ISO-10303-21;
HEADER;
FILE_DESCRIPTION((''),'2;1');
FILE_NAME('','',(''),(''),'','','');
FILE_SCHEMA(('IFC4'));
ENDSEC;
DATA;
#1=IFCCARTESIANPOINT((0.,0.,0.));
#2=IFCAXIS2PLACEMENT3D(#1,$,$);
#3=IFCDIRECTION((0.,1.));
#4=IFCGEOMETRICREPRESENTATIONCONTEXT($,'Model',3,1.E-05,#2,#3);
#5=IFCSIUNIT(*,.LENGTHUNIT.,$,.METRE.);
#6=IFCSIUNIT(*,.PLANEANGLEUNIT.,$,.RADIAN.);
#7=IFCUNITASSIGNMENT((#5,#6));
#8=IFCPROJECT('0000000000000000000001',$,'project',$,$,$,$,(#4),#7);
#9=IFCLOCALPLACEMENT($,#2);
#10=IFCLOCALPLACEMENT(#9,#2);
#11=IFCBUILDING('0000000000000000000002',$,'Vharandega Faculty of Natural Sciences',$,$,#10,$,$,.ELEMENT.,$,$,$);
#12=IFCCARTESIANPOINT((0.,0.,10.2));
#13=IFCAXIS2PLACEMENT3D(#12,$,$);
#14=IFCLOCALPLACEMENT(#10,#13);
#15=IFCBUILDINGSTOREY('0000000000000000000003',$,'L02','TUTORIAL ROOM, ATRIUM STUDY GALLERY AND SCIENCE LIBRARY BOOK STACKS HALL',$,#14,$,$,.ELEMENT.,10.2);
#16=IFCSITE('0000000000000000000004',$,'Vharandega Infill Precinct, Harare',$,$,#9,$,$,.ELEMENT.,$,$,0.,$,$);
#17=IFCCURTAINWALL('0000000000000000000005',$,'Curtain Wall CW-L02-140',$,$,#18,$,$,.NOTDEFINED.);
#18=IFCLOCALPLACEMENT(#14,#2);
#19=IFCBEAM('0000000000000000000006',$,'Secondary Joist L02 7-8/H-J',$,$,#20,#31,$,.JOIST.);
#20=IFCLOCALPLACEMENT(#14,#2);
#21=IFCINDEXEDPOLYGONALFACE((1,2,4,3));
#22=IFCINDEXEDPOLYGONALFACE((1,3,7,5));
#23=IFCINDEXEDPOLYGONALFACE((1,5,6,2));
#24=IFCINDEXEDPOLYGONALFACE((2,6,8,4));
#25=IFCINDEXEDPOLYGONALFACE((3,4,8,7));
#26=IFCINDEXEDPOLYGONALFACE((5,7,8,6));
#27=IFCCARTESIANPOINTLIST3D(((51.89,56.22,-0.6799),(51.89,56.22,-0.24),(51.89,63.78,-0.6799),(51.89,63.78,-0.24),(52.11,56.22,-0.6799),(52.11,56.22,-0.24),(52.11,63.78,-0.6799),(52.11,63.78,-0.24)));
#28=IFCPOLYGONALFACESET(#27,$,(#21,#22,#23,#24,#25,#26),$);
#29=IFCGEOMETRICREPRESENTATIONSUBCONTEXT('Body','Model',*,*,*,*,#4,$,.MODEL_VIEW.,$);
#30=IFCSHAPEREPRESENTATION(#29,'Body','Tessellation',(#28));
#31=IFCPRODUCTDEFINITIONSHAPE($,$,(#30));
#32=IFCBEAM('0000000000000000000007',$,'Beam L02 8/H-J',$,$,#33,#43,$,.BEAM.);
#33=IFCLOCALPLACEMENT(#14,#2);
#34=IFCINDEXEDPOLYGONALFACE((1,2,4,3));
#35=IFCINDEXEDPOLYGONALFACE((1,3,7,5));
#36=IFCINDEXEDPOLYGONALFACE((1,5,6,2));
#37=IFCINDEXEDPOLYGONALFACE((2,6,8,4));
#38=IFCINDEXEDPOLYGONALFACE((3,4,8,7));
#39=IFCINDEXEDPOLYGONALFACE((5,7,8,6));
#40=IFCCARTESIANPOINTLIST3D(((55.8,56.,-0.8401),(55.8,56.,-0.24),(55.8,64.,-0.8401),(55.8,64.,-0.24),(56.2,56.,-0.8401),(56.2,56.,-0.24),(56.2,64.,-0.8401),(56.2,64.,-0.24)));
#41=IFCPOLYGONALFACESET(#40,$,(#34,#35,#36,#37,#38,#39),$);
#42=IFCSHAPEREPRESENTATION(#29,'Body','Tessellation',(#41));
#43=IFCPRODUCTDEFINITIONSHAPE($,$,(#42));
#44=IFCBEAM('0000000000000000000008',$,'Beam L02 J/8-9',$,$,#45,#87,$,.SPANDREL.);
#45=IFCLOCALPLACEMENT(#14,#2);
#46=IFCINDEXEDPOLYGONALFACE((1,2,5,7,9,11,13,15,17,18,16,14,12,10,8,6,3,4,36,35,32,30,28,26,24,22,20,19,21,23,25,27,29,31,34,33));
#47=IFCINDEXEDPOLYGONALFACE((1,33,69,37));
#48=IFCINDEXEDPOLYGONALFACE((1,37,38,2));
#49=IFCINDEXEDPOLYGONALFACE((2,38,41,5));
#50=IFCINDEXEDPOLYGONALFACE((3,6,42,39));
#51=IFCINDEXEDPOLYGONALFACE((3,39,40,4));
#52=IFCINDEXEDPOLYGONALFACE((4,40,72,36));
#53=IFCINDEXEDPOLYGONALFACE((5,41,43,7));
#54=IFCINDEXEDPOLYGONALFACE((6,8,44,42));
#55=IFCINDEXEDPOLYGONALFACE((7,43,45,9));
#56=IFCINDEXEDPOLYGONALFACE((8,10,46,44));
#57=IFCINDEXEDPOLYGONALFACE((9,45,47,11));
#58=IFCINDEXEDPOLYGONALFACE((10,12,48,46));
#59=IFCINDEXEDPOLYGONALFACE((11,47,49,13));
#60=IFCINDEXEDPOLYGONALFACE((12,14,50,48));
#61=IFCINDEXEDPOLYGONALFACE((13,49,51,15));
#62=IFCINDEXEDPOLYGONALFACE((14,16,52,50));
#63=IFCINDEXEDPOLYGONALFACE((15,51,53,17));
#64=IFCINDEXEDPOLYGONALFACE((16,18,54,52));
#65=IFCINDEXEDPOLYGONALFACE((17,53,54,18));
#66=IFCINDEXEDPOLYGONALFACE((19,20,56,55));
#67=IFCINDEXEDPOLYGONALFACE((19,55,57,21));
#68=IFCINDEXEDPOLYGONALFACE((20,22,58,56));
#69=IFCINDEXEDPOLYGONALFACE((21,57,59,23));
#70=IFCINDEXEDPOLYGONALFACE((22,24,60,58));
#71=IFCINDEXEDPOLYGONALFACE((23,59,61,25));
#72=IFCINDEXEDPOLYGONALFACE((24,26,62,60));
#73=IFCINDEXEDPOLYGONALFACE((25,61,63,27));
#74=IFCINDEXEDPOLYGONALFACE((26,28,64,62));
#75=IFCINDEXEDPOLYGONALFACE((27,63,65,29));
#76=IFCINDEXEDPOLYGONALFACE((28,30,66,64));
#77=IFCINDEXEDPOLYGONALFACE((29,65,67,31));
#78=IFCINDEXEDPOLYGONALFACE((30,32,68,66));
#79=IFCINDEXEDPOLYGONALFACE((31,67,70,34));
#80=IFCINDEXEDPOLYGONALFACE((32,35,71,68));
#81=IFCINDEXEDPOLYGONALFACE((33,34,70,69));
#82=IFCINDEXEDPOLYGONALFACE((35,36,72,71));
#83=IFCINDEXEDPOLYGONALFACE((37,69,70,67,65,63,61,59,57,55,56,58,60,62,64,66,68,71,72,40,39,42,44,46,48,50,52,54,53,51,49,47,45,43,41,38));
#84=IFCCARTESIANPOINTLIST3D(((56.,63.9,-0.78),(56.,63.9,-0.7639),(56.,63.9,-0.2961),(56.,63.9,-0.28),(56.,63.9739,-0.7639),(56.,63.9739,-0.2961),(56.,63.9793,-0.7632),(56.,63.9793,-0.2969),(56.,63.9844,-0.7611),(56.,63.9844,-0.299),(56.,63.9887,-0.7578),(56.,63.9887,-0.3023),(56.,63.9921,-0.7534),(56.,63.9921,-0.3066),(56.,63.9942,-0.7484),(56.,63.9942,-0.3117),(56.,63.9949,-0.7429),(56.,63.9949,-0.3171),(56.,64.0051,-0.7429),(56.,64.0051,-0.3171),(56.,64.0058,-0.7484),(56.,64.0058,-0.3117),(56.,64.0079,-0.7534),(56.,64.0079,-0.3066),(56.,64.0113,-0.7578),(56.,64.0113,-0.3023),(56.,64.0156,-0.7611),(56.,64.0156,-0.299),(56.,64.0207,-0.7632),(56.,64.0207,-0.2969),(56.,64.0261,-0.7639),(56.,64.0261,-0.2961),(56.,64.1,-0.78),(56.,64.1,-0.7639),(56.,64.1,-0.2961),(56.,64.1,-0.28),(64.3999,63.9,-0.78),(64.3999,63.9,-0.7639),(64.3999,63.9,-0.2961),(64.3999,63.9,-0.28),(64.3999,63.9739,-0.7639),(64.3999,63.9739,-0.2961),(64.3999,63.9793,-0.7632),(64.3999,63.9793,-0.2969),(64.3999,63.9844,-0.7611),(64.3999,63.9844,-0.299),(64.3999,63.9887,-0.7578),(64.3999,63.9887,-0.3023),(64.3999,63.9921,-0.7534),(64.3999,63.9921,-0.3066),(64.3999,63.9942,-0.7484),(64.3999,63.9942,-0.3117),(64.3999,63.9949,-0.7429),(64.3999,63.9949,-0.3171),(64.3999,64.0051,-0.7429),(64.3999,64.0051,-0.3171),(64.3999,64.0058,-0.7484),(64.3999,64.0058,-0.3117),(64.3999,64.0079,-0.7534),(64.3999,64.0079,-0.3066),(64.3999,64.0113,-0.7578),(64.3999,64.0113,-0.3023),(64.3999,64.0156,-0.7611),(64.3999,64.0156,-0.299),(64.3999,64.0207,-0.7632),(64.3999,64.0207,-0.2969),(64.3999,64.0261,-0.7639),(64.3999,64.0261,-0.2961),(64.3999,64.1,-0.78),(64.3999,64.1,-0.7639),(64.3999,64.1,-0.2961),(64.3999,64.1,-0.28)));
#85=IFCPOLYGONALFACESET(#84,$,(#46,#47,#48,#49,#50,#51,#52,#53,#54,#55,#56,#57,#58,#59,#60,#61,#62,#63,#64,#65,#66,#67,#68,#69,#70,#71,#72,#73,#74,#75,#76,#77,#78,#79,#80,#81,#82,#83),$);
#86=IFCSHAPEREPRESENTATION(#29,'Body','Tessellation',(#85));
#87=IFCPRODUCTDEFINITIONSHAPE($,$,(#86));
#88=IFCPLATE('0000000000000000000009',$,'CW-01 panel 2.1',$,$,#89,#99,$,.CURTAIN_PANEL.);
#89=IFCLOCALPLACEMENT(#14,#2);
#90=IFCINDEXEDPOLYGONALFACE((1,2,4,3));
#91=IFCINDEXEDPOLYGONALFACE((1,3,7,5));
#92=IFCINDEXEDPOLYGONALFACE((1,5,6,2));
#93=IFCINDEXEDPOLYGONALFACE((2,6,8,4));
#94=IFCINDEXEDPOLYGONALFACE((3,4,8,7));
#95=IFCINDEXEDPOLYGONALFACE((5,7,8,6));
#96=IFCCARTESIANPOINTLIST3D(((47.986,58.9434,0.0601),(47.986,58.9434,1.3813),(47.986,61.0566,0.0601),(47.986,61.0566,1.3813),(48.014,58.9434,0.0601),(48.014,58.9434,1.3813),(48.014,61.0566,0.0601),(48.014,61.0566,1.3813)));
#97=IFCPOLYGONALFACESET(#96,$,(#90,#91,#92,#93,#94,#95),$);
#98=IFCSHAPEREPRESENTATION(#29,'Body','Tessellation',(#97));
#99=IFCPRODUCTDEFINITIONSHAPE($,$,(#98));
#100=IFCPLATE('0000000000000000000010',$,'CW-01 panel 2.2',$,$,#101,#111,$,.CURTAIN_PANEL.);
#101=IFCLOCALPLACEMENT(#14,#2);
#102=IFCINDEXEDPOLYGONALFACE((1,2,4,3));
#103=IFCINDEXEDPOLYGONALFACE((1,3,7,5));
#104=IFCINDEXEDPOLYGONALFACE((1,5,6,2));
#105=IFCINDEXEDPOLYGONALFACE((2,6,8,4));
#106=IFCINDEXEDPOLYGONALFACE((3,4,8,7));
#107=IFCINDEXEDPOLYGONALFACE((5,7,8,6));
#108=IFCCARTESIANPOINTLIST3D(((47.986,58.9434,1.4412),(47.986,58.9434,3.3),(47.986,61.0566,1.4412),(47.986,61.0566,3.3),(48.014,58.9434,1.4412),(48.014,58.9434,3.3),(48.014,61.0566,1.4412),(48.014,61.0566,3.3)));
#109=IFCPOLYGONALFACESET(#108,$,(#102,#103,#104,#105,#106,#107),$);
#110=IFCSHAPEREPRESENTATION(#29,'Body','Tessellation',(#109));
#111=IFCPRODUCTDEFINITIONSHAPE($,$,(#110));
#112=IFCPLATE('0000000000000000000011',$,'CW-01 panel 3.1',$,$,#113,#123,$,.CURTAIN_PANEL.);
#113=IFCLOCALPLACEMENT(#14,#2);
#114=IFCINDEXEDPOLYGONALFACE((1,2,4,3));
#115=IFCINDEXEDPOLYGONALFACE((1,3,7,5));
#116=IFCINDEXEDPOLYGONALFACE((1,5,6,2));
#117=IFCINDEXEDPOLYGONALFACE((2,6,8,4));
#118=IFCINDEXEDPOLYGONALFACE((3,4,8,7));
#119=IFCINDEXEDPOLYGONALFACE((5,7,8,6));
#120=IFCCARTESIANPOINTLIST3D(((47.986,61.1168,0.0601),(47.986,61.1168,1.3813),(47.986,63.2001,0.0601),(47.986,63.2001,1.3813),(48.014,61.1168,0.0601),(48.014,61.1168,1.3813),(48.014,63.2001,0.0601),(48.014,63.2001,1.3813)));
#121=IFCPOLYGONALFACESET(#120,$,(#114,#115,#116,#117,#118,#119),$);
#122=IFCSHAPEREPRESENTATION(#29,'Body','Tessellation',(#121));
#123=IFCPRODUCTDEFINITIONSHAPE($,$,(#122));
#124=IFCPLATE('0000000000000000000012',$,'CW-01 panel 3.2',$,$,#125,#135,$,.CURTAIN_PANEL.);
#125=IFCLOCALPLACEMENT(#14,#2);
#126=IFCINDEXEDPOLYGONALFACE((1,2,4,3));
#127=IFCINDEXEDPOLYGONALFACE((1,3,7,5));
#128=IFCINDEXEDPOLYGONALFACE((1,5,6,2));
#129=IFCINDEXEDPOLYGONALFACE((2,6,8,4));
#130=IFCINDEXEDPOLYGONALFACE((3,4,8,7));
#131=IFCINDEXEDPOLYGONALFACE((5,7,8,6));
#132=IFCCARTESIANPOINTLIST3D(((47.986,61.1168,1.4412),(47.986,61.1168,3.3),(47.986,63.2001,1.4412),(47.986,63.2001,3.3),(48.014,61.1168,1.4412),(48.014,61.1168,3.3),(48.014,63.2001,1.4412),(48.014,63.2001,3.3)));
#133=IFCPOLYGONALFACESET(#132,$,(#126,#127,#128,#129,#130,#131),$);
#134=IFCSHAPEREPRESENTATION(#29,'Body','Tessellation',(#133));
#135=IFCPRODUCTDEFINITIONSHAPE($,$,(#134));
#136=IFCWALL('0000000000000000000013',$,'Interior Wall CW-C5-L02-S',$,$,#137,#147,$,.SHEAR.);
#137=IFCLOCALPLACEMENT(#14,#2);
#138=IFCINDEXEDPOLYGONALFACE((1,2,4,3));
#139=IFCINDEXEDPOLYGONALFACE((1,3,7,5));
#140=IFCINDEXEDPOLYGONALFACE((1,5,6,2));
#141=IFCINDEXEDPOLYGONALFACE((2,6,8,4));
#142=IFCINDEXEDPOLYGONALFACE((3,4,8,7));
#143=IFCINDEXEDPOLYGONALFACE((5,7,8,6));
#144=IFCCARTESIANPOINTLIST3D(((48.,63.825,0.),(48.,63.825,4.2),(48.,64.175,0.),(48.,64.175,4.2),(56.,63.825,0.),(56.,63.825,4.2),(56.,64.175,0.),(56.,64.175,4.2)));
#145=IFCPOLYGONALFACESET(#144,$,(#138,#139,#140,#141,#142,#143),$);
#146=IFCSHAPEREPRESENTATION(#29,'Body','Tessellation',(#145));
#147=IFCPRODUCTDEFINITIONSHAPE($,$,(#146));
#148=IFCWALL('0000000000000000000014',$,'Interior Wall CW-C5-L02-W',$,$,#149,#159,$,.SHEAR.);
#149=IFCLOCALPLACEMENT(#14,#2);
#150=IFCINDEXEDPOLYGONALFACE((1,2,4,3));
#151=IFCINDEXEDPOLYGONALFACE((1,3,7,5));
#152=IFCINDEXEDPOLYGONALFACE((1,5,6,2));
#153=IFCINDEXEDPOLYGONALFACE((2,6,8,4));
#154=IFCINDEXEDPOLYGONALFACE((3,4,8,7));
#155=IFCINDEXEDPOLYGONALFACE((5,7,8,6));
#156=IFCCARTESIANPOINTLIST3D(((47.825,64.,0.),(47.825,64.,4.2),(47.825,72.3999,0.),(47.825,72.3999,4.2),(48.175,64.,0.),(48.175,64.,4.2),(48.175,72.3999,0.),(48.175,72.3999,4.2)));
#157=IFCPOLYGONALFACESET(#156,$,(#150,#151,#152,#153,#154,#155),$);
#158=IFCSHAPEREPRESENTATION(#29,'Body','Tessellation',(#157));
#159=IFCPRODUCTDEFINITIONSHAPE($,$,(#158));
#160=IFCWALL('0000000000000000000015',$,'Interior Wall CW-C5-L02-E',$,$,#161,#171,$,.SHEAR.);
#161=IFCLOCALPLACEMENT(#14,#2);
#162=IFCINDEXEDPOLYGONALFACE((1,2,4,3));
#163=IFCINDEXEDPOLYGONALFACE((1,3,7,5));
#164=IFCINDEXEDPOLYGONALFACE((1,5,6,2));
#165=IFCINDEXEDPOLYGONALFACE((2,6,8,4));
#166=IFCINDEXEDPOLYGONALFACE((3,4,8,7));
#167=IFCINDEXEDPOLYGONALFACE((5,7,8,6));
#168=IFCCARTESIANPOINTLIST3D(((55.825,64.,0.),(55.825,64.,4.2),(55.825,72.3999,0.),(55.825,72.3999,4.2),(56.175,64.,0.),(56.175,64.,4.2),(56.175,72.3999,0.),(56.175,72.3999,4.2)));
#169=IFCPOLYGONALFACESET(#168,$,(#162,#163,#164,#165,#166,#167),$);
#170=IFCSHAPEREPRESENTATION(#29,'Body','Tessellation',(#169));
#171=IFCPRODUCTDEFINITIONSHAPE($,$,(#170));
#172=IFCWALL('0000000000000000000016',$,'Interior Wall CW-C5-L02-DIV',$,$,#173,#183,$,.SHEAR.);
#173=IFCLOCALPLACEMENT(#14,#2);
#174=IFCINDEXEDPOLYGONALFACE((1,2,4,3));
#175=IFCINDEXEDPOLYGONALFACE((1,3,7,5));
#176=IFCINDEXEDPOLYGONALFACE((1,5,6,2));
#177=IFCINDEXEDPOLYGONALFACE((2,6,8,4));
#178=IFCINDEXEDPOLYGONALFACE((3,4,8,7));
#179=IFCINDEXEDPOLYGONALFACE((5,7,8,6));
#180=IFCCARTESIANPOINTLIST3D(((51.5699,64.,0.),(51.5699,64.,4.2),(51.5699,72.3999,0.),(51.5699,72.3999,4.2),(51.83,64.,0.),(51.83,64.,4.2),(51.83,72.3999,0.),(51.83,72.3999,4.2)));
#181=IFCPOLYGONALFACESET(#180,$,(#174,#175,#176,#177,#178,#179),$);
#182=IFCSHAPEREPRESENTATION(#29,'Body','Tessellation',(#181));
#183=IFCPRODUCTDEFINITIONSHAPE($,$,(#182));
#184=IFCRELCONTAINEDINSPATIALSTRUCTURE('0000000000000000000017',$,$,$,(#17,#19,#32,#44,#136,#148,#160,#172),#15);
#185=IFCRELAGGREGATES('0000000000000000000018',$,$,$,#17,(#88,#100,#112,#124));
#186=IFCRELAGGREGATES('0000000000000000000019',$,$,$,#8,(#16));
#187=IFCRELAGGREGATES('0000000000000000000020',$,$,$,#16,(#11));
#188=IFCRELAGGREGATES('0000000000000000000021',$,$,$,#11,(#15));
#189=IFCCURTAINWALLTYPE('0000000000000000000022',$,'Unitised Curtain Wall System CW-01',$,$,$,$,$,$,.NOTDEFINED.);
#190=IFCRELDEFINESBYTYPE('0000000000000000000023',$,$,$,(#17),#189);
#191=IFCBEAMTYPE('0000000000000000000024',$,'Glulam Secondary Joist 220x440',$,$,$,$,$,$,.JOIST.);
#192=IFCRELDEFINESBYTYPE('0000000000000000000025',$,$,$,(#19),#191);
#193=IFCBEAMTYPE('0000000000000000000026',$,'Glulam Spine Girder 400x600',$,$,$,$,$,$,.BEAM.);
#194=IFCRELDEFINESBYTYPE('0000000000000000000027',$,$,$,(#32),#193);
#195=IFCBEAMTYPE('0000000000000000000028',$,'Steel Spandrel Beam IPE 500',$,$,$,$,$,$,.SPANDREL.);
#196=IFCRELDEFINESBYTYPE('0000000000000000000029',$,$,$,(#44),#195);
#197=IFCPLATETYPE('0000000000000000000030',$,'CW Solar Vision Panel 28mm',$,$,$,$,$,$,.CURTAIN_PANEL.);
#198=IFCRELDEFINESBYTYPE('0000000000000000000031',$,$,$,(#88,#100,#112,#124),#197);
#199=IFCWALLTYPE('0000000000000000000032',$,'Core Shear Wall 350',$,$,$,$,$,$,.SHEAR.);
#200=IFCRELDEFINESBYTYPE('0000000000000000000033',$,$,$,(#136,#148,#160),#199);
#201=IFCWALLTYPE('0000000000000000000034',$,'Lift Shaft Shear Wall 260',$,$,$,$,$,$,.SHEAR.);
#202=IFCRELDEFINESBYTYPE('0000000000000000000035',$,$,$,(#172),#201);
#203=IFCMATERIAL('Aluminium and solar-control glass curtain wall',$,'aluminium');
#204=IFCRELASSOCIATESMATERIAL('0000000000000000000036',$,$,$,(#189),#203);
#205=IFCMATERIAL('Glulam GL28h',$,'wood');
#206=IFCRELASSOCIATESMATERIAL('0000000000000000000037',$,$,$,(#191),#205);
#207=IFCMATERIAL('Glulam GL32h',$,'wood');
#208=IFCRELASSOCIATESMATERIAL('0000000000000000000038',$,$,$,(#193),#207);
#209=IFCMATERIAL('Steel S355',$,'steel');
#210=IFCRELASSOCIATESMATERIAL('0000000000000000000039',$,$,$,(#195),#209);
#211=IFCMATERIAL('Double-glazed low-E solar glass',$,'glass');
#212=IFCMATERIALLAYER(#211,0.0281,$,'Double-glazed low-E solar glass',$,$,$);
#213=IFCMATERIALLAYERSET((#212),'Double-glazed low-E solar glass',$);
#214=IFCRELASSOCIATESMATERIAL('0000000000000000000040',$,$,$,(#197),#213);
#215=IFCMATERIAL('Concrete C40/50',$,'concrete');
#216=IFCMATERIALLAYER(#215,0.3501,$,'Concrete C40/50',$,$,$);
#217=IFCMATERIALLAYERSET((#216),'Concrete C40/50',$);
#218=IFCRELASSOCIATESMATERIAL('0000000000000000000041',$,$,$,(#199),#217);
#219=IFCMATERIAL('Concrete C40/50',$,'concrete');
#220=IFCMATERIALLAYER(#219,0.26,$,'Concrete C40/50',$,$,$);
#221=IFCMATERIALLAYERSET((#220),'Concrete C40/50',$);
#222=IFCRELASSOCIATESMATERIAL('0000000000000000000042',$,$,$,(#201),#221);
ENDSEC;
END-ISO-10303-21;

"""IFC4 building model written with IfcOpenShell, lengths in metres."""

from ifc_helpers import new_model, si_unit, direction, frame, frame_2d, origin, origin_2d, place, context, subcontext, project, spatial, rectangle, i_section, extrude, material, layer, layer_set, material_profile, profile_set, type_object, element, aggregate, save


model = new_model("IFC4")

# Units and contexts
model_context = context("Model", 3, precision=1e-05, world=origin(), true_north=direction((0.0, 1.0)))
body_context = subcontext(model_context, "Body", "Model", "MODEL_VIEW")
ifc_project = project(units=[si_unit("LENGTHUNIT", "METRE"), si_unit("PLANEANGLEUNIT", "RADIAN")], contexts=[model_context])

# Site, building, storey
site_placement = place(None, origin())
site = spatial("IfcSite", under=ifc_project, at=site_placement, Name="Vharandega Infill Precinct, Harare", CompositionType="ELEMENT", RefElevation=0.0)
building_placement = place(site_placement, origin())
building = spatial("IfcBuilding", under=site, at=building_placement, Name="Vharandega Faculty of Natural Sciences", CompositionType="ELEMENT")
storey_placement = place(building_placement, frame((0.0, 0.0, 10.2)))
storey = spatial("IfcBuildingStorey", under=building, at=storey_placement, Name="L02", Description="TUTORIAL ROOM, ATRIUM STUDY GALLERY AND SCIENCE LIBRARY BOOK STACKS HALL", CompositionType="ELEMENT", Elevation=10.2)

# Curtain wall
ifc_material_1 = material(Name="Aluminium and solar-control glass curtain wall", Category="aluminium")
curtain_wall_type = type_object("IfcCurtainWallType", Name="Unitised Curtain Wall System CW-01", PredefinedType="NOTDEFINED", material=ifc_material_1)
curtain_wall_placement = place(storey_placement, origin())
curtain_wall = element("IfcCurtainWall", 1, at=curtain_wall_placement, inside=storey, type_object=curtain_wall_type, Name="Curtain Wall CW-L02-140", PredefinedType="NOTDEFINED")

# Beams
ifc_material_2 = material(Name="Glulam GL28h", Category="wood")
ifc_material_profile_1 = material_profile(ifc_material_2, rectangle(XDim=0.22, YDim=0.4399, at=origin_2d()), Name="GL28h 220x440")
ifc_profile_set_1 = profile_set([ifc_material_profile_1], Name="Glulam GL28h")
beam_type_1 = type_object("IfcBeamType", Name="Glulam Secondary Joist 220x440", PredefinedType="JOIST", material=ifc_profile_set_1)
beam_1_placement = place(storey_placement, frame((52.0, 56.22, -0.46), z_axis=(0.0, 1.0, 0.0), x_axis=(-1.0, 0.0, 0.0)))
element("IfcBeam", 2, at=beam_1_placement, inside=storey, type_object=beam_type_1, Name="Secondary Joist L02 7-8/H-J", PredefinedType="JOIST", context=body_context, shape_type="SweptSolid", body=[
    extrude(rectangle(XDim=0.22, YDim=0.4399, at=origin_2d()), origin(), (0.0, 0.0, 1.0), 7.5601),
])
ifc_material_3 = material(Name="Glulam GL32h", Category="wood")
ifc_material_profile_2 = material_profile(ifc_material_3, rectangle(XDim=0.3999, YDim=0.6001, at=origin_2d()), Name="GL32h 400x600")
ifc_profile_set_2 = profile_set([ifc_material_profile_2], Name="Glulam GL32h")
beam_type_2 = type_object("IfcBeamType", Name="Glulam Spine Girder 400x600", PredefinedType="BEAM", material=ifc_profile_set_2)
beam_2_placement = place(storey_placement, frame((56.0, 56.0, -0.54), z_axis=(0.0, 1.0, 0.0), x_axis=(-1.0, 0.0, 0.0)))
element("IfcBeam", 3, at=beam_2_placement, inside=storey, type_object=beam_type_2, Name="Beam L02 8/H-J", PredefinedType="BEAM", context=body_context, shape_type="SweptSolid", body=[
    extrude(rectangle(XDim=0.3999, YDim=0.6001, at=origin_2d()), origin(), (0.0, 0.0, 1.0), 8.0),
])
ifc_material_4 = material(Name="Steel S355", Category="steel")
ifc_material_profile_3 = material_profile(ifc_material_4, i_section(OverallWidth=0.2, OverallDepth=0.5, WebThickness=0.0103, FlangeThickness=0.0161, FilletRadius=0.021, at=origin_2d()), Name="IPE 500")
ifc_profile_set_3 = profile_set([ifc_material_profile_3], Name="Steel S355")
beam_type_3 = type_object("IfcBeamType", Name="Steel Spandrel Beam IPE 500", PredefinedType="SPANDREL", material=ifc_profile_set_3)
beam_3_placement = place(storey_placement, frame((56.0, 64.0, -0.53), z_axis=(1.0, 0.0, 0.0), x_axis=(0.0, 1.0, 0.0)))
element("IfcBeam", 4, at=beam_3_placement, inside=storey, type_object=beam_type_3, Name="Beam L02 J/8-9", PredefinedType="SPANDREL", context=body_context, shape_type="SweptSolid", body=[
    extrude(i_section(OverallWidth=0.2, OverallDepth=0.5, WebThickness=0.0103, FlangeThickness=0.0161, FilletRadius=0.021, at=origin_2d()), origin(), (0.0, 0.0, 1.0), 8.3999),
])

# Plates
ifc_material_5 = material(Name="Double-glazed low-E solar glass", Category="glass")
ifc_layer_1 = layer(ifc_material_5, 0.0281, Name="Double-glazed low-E solar glass")
ifc_layer_set_1 = layer_set([ifc_layer_1], Name="Double-glazed low-E solar glass")
plate_type = type_object("IfcPlateType", Name="CW Solar Vision Panel 28mm", PredefinedType="CURTAIN_PANEL", material=ifc_layer_set_1)
plate_1_placement = place(storey_placement, frame((48.0, 60.0, 0.0601), z_axis=(0.0, 0.0, 1.0), x_axis=(0.0, 1.0, 0.0)))
plate_1 = element("IfcPlate", 5, at=plate_1_placement, type_object=plate_type, Name="CW-01 panel 2.1", PredefinedType="CURTAIN_PANEL", context=body_context, shape_type="SweptSolid", body=[
    extrude(rectangle(XDim=2.1133, YDim=0.0281, at=origin_2d()), origin(), (0.0, 0.0, 1.0), 1.3213),
])
plate_2_placement = place(storey_placement, frame((48.0, 60.0, 1.4412), z_axis=(0.0, 0.0, 1.0), x_axis=(0.0, 1.0, 0.0)))
plate_2 = element("IfcPlate", 6, at=plate_2_placement, type_object=plate_type, Name="CW-01 panel 2.2", PredefinedType="CURTAIN_PANEL", context=body_context, shape_type="SweptSolid", body=[
    extrude(rectangle(XDim=2.1133, YDim=0.0281, at=origin_2d()), origin(), (0.0, 0.0, 1.0), 1.8589),
])
plate_3_placement = place(storey_placement, frame((48.0, 62.1584, 0.0601), z_axis=(0.0, 0.0, 1.0), x_axis=(0.0, 1.0, 0.0)))
plate_3 = element("IfcPlate", 7, at=plate_3_placement, type_object=plate_type, Name="CW-01 panel 3.1", PredefinedType="CURTAIN_PANEL", context=body_context, shape_type="SweptSolid", body=[
    extrude(rectangle(XDim=2.0833, YDim=0.0281, at=origin_2d()), origin(), (0.0, 0.0, 1.0), 1.3213),
])
plate_4_placement = place(storey_placement, frame((48.0, 62.1584, 1.4412), z_axis=(0.0, 0.0, 1.0), x_axis=(0.0, 1.0, 0.0)))
plate_4 = element("IfcPlate", 8, at=plate_4_placement, type_object=plate_type, Name="CW-01 panel 3.2", PredefinedType="CURTAIN_PANEL", context=body_context, shape_type="SweptSolid", body=[
    extrude(rectangle(XDim=2.0833, YDim=0.0281, at=origin_2d()), origin(), (0.0, 0.0, 1.0), 1.8589),
])
aggregate(curtain_wall, [plate_1, plate_2, plate_3, plate_4])

# Walls
ifc_material_6 = material(Name="Concrete C40/50", Category="concrete")
ifc_layer_2 = layer(ifc_material_6, 0.3501, Name="Concrete C40/50")
ifc_layer_set_2 = layer_set([ifc_layer_2], Name="Concrete C40/50")
wall_type_1 = type_object("IfcWallType", Name="Core Shear Wall 350", PredefinedType="SHEAR", material=ifc_layer_set_2)
wall_1_placement = place(storey_placement, frame((48.0, 64.0, 0.0), z_axis=(0.0, 0.0, 1.0), x_axis=(1.0, 0.0, 0.0)))
element("IfcWall", 9, at=wall_1_placement, inside=storey, type_object=wall_type_1, Name="Interior Wall CW-C5-L02-S", PredefinedType="SHEAR", context=body_context, shape_type="SweptSolid", body=[
    extrude(rectangle(XDim=8.0, YDim=0.3501, at=frame_2d((4.0, 0.0))), origin(), (0.0, 0.0, 1.0), 4.2),
])
for number, where, z_axis, x_axis, name in (
    (10, (48.0, 64.0, 0.0), (0.0, 0.0, 1.0), (0.0, 1.0, 0.0), "Interior Wall CW-C5-L02-W"),
    (11, (56.0, 64.0, 0.0), (0.0, 0.0, 1.0), (0.0, 1.0, 0.0), "Interior Wall CW-C5-L02-E"),
):
    element("IfcWall", number, at=place(storey_placement, frame(where, z_axis=z_axis, x_axis=x_axis)), inside=storey, type_object=wall_type_1, Name=name, PredefinedType="SHEAR", context=body_context, shape_type="SweptSolid", body=[
        extrude(rectangle(XDim=8.3999, YDim=0.3501, at=frame_2d((4.2, 0.0))), origin(), (0.0, 0.0, 1.0), 4.2),
    ])
ifc_material_7 = material(Name="Concrete C40/50", Category="concrete")
ifc_layer_3 = layer(ifc_material_7, 0.26, Name="Concrete C40/50")
ifc_layer_set_3 = layer_set([ifc_layer_3], Name="Concrete C40/50")
wall_type_2 = type_object("IfcWallType", Name="Lift Shaft Shear Wall 260", PredefinedType="SHEAR", material=ifc_layer_set_3)
wall_2_placement = place(storey_placement, frame((51.7, 64.0, 0.0), z_axis=(0.0, 0.0, 1.0), x_axis=(0.0, 1.0, 0.0)))
element("IfcWall", 12, at=wall_2_placement, inside=storey, type_object=wall_type_2, Name="Interior Wall CW-C5-L02-DIV", PredefinedType="SHEAR", context=body_context, shape_type="SweptSolid", body=[
    extrude(rectangle(XDim=8.3999, YDim=0.26, at=frame_2d((4.2, 0.0))), origin(), (0.0, 0.0, 1.0), 4.2),
])

save(model, "model.ifc")
